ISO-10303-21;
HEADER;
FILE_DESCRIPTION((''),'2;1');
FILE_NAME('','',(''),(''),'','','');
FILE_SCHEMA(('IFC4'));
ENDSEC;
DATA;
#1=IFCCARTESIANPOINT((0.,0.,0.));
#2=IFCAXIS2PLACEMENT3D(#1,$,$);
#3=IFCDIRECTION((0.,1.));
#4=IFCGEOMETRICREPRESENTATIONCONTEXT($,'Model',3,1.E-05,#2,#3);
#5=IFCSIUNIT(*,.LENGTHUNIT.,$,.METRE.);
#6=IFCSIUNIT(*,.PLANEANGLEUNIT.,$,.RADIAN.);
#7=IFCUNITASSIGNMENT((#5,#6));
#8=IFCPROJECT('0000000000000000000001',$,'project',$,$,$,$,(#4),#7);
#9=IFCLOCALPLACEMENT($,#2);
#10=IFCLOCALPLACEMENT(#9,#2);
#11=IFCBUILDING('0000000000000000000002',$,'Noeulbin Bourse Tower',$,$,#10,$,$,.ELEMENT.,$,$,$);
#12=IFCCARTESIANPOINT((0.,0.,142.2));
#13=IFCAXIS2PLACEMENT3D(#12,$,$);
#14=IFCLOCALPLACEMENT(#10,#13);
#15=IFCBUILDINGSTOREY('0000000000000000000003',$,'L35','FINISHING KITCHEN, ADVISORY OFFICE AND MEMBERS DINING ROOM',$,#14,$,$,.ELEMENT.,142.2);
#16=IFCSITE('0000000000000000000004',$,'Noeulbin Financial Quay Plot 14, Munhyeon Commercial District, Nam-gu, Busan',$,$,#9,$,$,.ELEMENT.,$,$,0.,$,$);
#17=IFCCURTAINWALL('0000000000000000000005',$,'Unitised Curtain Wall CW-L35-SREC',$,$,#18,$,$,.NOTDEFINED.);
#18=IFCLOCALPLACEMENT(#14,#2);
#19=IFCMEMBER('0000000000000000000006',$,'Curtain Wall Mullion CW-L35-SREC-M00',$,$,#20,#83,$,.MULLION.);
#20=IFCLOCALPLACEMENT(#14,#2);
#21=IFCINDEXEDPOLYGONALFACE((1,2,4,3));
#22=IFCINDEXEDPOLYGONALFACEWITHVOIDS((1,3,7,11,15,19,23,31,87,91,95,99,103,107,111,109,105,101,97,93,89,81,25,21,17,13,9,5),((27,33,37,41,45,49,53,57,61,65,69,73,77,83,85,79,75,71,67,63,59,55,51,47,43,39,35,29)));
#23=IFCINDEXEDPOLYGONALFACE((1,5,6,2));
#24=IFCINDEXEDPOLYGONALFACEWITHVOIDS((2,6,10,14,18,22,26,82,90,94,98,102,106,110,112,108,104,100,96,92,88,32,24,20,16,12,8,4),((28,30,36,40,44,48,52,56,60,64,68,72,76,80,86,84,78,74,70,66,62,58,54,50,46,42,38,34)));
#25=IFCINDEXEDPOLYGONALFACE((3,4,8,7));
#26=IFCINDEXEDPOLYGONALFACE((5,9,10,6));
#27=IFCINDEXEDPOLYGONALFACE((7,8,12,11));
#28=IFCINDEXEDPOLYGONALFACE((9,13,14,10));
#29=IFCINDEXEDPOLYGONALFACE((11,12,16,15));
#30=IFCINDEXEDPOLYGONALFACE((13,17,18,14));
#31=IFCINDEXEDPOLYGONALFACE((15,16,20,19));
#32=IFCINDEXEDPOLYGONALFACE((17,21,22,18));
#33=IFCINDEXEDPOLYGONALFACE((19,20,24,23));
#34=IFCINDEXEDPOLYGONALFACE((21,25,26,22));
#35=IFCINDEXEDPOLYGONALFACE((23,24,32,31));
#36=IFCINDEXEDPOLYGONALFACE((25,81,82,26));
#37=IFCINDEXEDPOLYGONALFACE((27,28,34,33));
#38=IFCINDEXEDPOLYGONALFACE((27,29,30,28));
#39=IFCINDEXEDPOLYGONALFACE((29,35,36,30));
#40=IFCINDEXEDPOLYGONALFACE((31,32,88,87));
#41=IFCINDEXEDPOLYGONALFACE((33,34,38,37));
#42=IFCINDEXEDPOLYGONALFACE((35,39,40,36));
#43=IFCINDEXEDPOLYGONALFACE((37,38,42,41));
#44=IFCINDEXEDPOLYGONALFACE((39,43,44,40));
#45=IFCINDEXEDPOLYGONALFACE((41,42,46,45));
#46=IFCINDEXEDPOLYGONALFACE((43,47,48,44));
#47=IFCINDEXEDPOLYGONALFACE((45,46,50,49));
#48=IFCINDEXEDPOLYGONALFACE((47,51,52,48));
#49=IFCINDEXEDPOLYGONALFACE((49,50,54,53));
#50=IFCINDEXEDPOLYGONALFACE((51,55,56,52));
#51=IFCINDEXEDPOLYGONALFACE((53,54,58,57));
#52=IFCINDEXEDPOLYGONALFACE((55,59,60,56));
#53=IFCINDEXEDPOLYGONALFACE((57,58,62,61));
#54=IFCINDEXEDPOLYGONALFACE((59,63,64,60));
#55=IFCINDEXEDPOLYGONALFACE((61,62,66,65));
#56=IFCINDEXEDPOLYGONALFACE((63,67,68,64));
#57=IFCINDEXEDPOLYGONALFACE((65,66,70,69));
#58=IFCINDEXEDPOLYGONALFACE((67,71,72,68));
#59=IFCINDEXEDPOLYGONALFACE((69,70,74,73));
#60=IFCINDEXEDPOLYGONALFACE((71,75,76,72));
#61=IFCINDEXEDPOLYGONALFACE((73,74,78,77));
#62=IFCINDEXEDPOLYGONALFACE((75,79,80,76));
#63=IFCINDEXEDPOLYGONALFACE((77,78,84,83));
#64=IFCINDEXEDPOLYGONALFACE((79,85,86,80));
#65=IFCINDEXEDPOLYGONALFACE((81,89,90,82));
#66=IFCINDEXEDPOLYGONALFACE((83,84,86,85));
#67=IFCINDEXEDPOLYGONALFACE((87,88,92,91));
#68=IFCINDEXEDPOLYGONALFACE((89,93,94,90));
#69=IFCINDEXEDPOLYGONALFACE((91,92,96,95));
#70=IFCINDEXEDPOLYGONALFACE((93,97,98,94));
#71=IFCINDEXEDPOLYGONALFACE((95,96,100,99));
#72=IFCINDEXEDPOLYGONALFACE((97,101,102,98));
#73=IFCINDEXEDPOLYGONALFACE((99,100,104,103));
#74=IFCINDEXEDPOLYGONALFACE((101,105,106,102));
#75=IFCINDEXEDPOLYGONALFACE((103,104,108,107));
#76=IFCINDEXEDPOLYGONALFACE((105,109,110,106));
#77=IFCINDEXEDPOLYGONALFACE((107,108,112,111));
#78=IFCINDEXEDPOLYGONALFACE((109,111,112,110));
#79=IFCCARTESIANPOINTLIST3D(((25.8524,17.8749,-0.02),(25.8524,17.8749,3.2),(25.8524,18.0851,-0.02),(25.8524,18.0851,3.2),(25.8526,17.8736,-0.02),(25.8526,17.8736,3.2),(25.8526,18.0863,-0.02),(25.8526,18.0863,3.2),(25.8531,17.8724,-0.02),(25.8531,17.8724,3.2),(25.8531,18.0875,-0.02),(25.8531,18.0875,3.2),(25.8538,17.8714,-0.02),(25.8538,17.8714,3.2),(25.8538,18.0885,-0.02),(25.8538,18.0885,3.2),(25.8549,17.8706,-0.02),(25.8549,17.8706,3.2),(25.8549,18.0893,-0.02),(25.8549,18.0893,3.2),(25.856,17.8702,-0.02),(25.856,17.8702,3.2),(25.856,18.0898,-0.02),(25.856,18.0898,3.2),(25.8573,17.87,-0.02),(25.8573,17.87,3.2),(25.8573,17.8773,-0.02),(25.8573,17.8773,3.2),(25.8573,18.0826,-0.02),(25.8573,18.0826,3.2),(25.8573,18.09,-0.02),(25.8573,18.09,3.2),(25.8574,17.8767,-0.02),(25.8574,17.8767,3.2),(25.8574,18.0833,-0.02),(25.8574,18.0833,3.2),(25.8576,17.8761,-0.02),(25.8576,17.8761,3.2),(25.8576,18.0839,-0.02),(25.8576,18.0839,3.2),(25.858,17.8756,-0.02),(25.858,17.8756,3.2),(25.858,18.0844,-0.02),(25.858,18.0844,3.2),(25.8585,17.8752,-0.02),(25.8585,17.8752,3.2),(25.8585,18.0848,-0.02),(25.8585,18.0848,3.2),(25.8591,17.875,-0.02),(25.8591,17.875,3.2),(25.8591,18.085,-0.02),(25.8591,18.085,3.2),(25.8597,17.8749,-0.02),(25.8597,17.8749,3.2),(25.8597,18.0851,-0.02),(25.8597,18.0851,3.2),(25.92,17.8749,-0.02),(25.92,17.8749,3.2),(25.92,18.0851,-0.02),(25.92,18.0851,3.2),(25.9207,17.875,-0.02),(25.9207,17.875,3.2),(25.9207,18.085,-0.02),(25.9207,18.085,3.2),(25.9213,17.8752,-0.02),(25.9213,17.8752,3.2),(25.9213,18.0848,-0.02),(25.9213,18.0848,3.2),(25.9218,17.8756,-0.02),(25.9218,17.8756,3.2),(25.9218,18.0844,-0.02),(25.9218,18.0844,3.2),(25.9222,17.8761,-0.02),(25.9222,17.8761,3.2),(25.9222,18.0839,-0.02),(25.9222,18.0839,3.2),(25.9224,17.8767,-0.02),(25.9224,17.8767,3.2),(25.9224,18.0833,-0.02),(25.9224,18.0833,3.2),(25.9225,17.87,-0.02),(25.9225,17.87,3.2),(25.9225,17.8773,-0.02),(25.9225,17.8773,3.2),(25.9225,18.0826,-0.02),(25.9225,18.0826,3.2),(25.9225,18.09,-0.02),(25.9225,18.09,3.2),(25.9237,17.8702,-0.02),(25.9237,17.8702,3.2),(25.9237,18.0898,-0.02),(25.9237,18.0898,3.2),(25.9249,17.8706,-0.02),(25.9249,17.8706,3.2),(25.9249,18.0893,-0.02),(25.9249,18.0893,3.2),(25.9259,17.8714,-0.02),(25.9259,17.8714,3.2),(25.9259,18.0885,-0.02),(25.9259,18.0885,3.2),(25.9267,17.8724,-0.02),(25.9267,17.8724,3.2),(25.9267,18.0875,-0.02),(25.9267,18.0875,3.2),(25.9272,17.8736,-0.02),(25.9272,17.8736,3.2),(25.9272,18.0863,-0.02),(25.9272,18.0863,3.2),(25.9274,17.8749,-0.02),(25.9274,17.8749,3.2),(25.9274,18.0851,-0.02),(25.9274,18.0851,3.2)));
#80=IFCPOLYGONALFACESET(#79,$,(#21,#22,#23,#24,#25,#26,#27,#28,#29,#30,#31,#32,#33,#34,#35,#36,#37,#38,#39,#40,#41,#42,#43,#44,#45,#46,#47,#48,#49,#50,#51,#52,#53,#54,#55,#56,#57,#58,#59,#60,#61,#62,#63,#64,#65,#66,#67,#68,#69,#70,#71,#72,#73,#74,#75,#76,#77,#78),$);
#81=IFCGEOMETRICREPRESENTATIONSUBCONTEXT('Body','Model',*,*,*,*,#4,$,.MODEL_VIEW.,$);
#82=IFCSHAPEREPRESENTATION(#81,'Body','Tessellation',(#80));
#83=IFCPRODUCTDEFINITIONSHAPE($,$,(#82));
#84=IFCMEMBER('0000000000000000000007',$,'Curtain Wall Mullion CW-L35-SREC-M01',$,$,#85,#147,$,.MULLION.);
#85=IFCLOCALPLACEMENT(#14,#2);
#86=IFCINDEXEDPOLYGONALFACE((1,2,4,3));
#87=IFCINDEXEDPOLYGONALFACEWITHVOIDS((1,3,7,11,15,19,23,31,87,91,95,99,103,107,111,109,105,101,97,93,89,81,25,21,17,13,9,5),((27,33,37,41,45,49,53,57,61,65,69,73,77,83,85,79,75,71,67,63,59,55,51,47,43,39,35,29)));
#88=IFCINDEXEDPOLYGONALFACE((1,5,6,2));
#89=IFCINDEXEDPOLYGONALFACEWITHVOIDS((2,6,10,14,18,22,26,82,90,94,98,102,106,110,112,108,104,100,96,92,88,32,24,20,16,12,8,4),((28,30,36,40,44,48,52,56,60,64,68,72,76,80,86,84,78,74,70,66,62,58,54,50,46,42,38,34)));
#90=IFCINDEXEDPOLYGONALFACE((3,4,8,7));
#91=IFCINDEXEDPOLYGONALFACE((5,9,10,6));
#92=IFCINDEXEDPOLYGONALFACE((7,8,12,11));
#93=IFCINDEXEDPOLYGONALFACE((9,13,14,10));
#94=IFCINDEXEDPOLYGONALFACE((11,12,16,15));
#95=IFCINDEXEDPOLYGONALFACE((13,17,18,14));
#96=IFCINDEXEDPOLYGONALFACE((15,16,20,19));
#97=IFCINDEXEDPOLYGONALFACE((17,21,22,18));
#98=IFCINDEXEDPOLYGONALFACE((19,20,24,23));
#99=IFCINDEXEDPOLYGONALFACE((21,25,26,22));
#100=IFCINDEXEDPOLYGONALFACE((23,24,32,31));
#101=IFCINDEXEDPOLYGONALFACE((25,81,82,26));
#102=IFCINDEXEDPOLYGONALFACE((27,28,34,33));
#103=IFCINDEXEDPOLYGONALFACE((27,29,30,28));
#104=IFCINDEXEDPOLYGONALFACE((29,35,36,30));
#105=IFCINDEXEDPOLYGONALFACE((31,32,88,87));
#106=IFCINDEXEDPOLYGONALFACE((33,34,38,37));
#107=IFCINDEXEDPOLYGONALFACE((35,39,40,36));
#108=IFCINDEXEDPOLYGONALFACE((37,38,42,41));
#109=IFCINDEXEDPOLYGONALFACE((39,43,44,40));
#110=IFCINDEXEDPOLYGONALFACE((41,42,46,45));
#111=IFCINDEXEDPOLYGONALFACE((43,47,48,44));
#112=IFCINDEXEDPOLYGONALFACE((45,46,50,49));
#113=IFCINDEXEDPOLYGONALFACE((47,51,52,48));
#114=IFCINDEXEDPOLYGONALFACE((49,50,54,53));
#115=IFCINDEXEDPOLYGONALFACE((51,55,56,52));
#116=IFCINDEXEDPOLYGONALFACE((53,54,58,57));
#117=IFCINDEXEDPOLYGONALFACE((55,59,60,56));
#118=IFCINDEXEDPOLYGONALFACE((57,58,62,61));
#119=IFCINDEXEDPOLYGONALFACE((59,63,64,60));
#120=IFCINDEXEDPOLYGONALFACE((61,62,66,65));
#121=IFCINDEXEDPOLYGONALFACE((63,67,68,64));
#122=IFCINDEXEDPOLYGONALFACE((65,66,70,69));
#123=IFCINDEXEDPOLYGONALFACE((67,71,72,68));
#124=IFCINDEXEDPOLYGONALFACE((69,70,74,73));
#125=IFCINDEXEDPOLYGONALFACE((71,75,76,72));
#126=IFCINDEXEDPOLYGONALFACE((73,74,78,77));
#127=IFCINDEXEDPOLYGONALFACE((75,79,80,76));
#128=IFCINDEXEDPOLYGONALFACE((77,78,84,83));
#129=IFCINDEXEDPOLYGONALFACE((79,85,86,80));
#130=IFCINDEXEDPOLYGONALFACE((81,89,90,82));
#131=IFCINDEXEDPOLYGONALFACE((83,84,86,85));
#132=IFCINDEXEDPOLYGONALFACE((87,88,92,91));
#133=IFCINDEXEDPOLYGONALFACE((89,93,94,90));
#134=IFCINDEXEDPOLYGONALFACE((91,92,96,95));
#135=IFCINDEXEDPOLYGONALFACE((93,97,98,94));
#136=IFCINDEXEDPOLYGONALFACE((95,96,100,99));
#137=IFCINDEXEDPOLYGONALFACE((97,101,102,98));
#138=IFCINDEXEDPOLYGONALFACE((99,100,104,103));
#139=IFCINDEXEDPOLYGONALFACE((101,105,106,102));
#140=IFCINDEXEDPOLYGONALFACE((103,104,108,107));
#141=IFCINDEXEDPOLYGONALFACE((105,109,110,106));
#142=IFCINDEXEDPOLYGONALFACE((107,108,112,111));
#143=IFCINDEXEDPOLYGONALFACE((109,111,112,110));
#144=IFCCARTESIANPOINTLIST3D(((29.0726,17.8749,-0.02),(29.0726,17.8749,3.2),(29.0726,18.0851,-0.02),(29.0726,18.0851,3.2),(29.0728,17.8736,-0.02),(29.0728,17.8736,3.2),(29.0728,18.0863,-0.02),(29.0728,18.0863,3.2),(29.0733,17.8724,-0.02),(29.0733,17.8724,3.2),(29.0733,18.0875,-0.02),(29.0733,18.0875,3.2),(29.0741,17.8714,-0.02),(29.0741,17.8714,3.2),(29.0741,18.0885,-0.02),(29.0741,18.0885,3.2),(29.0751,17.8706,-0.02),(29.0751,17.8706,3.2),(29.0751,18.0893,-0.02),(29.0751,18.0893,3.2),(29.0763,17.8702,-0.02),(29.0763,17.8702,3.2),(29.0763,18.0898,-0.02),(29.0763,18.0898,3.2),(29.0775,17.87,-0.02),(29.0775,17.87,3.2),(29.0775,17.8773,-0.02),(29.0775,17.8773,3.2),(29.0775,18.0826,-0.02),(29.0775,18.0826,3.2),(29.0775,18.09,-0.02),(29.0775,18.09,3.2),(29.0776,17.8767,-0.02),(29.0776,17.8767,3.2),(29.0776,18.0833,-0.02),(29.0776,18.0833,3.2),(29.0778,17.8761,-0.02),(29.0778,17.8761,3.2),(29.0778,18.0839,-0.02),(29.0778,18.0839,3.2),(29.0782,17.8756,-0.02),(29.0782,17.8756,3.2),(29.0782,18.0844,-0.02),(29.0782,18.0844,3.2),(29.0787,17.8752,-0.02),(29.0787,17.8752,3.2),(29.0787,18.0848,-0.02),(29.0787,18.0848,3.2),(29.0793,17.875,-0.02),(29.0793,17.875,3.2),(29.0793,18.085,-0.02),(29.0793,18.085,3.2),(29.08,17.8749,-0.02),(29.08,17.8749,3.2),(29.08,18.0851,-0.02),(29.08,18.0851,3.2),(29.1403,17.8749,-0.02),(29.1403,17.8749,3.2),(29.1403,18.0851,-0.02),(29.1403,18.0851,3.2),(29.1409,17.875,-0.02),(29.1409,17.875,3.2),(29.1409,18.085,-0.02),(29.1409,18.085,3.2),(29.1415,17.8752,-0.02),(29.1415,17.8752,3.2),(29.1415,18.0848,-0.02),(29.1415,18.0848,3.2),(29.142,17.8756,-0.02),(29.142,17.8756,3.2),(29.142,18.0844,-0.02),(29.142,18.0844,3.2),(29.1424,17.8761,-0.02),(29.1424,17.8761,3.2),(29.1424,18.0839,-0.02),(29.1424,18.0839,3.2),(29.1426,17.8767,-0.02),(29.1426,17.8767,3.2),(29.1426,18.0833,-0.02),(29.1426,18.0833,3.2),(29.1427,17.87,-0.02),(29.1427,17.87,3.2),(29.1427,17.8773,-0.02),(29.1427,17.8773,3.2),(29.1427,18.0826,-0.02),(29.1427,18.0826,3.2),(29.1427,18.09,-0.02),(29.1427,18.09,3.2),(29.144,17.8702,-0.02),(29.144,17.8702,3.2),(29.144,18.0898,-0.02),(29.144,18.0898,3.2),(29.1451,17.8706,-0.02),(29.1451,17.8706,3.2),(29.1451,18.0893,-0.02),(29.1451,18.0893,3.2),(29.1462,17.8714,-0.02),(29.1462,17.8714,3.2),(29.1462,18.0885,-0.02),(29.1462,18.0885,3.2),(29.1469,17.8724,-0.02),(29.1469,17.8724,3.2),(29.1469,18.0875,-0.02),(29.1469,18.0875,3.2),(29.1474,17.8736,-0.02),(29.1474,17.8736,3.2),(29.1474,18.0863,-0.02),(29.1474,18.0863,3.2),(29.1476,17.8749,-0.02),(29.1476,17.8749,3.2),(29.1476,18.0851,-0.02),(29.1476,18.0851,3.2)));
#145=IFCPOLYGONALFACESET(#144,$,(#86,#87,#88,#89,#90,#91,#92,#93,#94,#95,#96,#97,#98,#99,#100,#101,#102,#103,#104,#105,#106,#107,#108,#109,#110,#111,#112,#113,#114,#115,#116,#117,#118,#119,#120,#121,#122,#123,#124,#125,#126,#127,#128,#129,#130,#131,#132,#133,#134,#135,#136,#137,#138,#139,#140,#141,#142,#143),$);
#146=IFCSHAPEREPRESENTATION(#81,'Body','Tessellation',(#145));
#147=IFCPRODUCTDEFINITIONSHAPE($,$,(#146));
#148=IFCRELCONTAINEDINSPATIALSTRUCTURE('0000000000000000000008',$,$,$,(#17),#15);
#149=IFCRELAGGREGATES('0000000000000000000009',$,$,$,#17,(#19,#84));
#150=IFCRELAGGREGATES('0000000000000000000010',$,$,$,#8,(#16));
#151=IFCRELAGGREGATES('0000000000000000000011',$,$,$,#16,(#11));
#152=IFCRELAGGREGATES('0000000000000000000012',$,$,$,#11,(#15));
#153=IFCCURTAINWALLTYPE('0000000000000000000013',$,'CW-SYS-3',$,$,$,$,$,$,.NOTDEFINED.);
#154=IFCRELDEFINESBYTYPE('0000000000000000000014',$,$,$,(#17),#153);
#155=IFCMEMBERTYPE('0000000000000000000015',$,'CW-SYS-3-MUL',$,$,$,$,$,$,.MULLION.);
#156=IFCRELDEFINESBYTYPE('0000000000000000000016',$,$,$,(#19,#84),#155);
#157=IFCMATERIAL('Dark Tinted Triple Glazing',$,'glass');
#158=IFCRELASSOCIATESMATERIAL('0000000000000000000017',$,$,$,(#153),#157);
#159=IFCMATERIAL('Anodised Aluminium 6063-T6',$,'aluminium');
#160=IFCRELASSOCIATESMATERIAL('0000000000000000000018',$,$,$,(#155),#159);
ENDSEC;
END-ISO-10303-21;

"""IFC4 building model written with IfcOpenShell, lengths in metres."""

from ifc_helpers import new_model, si_unit, direction, frame, origin, origin_2d, place, context, subcontext, project, spatial, hollow_rectangle, extrude, material, material_profile, profile_set, type_object, element, aggregate, save


model = new_model("IFC4")

# Units and contexts
model_context = context("Model", 3, precision=1e-05, world=origin(), true_north=direction((0.0, 1.0)))
body_context = subcontext(model_context, "Body", "Model", "MODEL_VIEW")
ifc_project = project(units=[si_unit("LENGTHUNIT", "METRE"), si_unit("PLANEANGLEUNIT", "RADIAN")], contexts=[model_context])

# Site, building, storey
site_placement = place(None, origin())
site = spatial("IfcSite", under=ifc_project, at=site_placement, Name="Noeulbin Financial Quay Plot 14, Munhyeon Commercial District, Nam-gu, Busan", CompositionType="ELEMENT", RefElevation=0.0)
building_placement = place(site_placement, origin())
building = spatial("IfcBuilding", under=site, at=building_placement, Name="Noeulbin Bourse Tower", CompositionType="ELEMENT")
storey_placement = place(building_placement, frame((0.0, 0.0, 142.2)))
storey = spatial("IfcBuildingStorey", under=building, at=storey_placement, Name="L35", Description="FINISHING KITCHEN, ADVISORY OFFICE AND MEMBERS DINING ROOM", CompositionType="ELEMENT", Elevation=142.2)

# Curtain wall, members
ifc_material_1 = material(Name="Dark Tinted Triple Glazing", Category="glass")
curtain_wall_type = type_object("IfcCurtainWallType", Name="CW-SYS-3", PredefinedType="NOTDEFINED", material=ifc_material_1)
curtain_wall_1_placement = place(storey_placement, origin())
curtain_wall_1 = element("IfcCurtainWall", 1, at=curtain_wall_1_placement, inside=storey, type_object=curtain_wall_type, Name="Unitised Curtain Wall CW-L35-SREC", PredefinedType="NOTDEFINED")
ifc_material_2 = material(Name="Anodised Aluminium 6063-T6", Category="aluminium")
ifc_material_profile_1 = material_profile(ifc_material_2, hollow_rectangle(XDim=0.075, YDim=0.22, WallThickness=0.0049, InnerFilletRadius=0.0024, OuterFilletRadius=0.0049, at=origin_2d()), Name="ALU-MULL-75x220x5", Category="LoadBearing")
ifc_profile_set_1 = profile_set([ifc_material_profile_1], Name="Anodised Aluminium 6063-T6")
member_type_1 = type_object("IfcMemberType", Name="CW-SYS-3-MUL", PredefinedType="MULLION", material=ifc_profile_set_1)
member_1_placement = place(storey_placement, frame((25.8899, 17.98, -0.02), z_axis=(0.0, 0.0, 1.0), x_axis=(1.0, 0.0, 0.0)))
member_1 = element("IfcMember", 2, at=member_1_placement, type_object=member_type_1, Name="Curtain Wall Mullion CW-L35-SREC-M00", PredefinedType="MULLION", context=body_context, shape_type="SweptSolid", body=[
    extrude(hollow_rectangle(XDim=0.075, YDim=0.22, WallThickness=0.0049, InnerFilletRadius=0.0024, OuterFilletRadius=0.0049, at=origin_2d()), origin(), (0.0, 0.0, 1.0), 3.22),
])
member_2_placement = place(storey_placement, frame((29.1101, 17.98, -0.02), z_axis=(0.0, 0.0, 1.0), x_axis=(1.0, 0.0, 0.0)))
member_2 = element("IfcMember", 3, at=member_2_placement, type_object=member_type_1, Name="Curtain Wall Mullion CW-L35-SREC-M01", PredefinedType="MULLION", context=body_context, shape_type="SweptSolid", body=[
    extrude(hollow_rectangle(XDim=0.075, YDim=0.22, WallThickness=0.0049, InnerFilletRadius=0.0024, OuterFilletRadius=0.0049, at=origin_2d()), origin(), (0.0, 0.0, 1.0), 3.22),
])

aggregate(curtain_wall_1, [member_1, member_2])

save(model, "model.ifc")
